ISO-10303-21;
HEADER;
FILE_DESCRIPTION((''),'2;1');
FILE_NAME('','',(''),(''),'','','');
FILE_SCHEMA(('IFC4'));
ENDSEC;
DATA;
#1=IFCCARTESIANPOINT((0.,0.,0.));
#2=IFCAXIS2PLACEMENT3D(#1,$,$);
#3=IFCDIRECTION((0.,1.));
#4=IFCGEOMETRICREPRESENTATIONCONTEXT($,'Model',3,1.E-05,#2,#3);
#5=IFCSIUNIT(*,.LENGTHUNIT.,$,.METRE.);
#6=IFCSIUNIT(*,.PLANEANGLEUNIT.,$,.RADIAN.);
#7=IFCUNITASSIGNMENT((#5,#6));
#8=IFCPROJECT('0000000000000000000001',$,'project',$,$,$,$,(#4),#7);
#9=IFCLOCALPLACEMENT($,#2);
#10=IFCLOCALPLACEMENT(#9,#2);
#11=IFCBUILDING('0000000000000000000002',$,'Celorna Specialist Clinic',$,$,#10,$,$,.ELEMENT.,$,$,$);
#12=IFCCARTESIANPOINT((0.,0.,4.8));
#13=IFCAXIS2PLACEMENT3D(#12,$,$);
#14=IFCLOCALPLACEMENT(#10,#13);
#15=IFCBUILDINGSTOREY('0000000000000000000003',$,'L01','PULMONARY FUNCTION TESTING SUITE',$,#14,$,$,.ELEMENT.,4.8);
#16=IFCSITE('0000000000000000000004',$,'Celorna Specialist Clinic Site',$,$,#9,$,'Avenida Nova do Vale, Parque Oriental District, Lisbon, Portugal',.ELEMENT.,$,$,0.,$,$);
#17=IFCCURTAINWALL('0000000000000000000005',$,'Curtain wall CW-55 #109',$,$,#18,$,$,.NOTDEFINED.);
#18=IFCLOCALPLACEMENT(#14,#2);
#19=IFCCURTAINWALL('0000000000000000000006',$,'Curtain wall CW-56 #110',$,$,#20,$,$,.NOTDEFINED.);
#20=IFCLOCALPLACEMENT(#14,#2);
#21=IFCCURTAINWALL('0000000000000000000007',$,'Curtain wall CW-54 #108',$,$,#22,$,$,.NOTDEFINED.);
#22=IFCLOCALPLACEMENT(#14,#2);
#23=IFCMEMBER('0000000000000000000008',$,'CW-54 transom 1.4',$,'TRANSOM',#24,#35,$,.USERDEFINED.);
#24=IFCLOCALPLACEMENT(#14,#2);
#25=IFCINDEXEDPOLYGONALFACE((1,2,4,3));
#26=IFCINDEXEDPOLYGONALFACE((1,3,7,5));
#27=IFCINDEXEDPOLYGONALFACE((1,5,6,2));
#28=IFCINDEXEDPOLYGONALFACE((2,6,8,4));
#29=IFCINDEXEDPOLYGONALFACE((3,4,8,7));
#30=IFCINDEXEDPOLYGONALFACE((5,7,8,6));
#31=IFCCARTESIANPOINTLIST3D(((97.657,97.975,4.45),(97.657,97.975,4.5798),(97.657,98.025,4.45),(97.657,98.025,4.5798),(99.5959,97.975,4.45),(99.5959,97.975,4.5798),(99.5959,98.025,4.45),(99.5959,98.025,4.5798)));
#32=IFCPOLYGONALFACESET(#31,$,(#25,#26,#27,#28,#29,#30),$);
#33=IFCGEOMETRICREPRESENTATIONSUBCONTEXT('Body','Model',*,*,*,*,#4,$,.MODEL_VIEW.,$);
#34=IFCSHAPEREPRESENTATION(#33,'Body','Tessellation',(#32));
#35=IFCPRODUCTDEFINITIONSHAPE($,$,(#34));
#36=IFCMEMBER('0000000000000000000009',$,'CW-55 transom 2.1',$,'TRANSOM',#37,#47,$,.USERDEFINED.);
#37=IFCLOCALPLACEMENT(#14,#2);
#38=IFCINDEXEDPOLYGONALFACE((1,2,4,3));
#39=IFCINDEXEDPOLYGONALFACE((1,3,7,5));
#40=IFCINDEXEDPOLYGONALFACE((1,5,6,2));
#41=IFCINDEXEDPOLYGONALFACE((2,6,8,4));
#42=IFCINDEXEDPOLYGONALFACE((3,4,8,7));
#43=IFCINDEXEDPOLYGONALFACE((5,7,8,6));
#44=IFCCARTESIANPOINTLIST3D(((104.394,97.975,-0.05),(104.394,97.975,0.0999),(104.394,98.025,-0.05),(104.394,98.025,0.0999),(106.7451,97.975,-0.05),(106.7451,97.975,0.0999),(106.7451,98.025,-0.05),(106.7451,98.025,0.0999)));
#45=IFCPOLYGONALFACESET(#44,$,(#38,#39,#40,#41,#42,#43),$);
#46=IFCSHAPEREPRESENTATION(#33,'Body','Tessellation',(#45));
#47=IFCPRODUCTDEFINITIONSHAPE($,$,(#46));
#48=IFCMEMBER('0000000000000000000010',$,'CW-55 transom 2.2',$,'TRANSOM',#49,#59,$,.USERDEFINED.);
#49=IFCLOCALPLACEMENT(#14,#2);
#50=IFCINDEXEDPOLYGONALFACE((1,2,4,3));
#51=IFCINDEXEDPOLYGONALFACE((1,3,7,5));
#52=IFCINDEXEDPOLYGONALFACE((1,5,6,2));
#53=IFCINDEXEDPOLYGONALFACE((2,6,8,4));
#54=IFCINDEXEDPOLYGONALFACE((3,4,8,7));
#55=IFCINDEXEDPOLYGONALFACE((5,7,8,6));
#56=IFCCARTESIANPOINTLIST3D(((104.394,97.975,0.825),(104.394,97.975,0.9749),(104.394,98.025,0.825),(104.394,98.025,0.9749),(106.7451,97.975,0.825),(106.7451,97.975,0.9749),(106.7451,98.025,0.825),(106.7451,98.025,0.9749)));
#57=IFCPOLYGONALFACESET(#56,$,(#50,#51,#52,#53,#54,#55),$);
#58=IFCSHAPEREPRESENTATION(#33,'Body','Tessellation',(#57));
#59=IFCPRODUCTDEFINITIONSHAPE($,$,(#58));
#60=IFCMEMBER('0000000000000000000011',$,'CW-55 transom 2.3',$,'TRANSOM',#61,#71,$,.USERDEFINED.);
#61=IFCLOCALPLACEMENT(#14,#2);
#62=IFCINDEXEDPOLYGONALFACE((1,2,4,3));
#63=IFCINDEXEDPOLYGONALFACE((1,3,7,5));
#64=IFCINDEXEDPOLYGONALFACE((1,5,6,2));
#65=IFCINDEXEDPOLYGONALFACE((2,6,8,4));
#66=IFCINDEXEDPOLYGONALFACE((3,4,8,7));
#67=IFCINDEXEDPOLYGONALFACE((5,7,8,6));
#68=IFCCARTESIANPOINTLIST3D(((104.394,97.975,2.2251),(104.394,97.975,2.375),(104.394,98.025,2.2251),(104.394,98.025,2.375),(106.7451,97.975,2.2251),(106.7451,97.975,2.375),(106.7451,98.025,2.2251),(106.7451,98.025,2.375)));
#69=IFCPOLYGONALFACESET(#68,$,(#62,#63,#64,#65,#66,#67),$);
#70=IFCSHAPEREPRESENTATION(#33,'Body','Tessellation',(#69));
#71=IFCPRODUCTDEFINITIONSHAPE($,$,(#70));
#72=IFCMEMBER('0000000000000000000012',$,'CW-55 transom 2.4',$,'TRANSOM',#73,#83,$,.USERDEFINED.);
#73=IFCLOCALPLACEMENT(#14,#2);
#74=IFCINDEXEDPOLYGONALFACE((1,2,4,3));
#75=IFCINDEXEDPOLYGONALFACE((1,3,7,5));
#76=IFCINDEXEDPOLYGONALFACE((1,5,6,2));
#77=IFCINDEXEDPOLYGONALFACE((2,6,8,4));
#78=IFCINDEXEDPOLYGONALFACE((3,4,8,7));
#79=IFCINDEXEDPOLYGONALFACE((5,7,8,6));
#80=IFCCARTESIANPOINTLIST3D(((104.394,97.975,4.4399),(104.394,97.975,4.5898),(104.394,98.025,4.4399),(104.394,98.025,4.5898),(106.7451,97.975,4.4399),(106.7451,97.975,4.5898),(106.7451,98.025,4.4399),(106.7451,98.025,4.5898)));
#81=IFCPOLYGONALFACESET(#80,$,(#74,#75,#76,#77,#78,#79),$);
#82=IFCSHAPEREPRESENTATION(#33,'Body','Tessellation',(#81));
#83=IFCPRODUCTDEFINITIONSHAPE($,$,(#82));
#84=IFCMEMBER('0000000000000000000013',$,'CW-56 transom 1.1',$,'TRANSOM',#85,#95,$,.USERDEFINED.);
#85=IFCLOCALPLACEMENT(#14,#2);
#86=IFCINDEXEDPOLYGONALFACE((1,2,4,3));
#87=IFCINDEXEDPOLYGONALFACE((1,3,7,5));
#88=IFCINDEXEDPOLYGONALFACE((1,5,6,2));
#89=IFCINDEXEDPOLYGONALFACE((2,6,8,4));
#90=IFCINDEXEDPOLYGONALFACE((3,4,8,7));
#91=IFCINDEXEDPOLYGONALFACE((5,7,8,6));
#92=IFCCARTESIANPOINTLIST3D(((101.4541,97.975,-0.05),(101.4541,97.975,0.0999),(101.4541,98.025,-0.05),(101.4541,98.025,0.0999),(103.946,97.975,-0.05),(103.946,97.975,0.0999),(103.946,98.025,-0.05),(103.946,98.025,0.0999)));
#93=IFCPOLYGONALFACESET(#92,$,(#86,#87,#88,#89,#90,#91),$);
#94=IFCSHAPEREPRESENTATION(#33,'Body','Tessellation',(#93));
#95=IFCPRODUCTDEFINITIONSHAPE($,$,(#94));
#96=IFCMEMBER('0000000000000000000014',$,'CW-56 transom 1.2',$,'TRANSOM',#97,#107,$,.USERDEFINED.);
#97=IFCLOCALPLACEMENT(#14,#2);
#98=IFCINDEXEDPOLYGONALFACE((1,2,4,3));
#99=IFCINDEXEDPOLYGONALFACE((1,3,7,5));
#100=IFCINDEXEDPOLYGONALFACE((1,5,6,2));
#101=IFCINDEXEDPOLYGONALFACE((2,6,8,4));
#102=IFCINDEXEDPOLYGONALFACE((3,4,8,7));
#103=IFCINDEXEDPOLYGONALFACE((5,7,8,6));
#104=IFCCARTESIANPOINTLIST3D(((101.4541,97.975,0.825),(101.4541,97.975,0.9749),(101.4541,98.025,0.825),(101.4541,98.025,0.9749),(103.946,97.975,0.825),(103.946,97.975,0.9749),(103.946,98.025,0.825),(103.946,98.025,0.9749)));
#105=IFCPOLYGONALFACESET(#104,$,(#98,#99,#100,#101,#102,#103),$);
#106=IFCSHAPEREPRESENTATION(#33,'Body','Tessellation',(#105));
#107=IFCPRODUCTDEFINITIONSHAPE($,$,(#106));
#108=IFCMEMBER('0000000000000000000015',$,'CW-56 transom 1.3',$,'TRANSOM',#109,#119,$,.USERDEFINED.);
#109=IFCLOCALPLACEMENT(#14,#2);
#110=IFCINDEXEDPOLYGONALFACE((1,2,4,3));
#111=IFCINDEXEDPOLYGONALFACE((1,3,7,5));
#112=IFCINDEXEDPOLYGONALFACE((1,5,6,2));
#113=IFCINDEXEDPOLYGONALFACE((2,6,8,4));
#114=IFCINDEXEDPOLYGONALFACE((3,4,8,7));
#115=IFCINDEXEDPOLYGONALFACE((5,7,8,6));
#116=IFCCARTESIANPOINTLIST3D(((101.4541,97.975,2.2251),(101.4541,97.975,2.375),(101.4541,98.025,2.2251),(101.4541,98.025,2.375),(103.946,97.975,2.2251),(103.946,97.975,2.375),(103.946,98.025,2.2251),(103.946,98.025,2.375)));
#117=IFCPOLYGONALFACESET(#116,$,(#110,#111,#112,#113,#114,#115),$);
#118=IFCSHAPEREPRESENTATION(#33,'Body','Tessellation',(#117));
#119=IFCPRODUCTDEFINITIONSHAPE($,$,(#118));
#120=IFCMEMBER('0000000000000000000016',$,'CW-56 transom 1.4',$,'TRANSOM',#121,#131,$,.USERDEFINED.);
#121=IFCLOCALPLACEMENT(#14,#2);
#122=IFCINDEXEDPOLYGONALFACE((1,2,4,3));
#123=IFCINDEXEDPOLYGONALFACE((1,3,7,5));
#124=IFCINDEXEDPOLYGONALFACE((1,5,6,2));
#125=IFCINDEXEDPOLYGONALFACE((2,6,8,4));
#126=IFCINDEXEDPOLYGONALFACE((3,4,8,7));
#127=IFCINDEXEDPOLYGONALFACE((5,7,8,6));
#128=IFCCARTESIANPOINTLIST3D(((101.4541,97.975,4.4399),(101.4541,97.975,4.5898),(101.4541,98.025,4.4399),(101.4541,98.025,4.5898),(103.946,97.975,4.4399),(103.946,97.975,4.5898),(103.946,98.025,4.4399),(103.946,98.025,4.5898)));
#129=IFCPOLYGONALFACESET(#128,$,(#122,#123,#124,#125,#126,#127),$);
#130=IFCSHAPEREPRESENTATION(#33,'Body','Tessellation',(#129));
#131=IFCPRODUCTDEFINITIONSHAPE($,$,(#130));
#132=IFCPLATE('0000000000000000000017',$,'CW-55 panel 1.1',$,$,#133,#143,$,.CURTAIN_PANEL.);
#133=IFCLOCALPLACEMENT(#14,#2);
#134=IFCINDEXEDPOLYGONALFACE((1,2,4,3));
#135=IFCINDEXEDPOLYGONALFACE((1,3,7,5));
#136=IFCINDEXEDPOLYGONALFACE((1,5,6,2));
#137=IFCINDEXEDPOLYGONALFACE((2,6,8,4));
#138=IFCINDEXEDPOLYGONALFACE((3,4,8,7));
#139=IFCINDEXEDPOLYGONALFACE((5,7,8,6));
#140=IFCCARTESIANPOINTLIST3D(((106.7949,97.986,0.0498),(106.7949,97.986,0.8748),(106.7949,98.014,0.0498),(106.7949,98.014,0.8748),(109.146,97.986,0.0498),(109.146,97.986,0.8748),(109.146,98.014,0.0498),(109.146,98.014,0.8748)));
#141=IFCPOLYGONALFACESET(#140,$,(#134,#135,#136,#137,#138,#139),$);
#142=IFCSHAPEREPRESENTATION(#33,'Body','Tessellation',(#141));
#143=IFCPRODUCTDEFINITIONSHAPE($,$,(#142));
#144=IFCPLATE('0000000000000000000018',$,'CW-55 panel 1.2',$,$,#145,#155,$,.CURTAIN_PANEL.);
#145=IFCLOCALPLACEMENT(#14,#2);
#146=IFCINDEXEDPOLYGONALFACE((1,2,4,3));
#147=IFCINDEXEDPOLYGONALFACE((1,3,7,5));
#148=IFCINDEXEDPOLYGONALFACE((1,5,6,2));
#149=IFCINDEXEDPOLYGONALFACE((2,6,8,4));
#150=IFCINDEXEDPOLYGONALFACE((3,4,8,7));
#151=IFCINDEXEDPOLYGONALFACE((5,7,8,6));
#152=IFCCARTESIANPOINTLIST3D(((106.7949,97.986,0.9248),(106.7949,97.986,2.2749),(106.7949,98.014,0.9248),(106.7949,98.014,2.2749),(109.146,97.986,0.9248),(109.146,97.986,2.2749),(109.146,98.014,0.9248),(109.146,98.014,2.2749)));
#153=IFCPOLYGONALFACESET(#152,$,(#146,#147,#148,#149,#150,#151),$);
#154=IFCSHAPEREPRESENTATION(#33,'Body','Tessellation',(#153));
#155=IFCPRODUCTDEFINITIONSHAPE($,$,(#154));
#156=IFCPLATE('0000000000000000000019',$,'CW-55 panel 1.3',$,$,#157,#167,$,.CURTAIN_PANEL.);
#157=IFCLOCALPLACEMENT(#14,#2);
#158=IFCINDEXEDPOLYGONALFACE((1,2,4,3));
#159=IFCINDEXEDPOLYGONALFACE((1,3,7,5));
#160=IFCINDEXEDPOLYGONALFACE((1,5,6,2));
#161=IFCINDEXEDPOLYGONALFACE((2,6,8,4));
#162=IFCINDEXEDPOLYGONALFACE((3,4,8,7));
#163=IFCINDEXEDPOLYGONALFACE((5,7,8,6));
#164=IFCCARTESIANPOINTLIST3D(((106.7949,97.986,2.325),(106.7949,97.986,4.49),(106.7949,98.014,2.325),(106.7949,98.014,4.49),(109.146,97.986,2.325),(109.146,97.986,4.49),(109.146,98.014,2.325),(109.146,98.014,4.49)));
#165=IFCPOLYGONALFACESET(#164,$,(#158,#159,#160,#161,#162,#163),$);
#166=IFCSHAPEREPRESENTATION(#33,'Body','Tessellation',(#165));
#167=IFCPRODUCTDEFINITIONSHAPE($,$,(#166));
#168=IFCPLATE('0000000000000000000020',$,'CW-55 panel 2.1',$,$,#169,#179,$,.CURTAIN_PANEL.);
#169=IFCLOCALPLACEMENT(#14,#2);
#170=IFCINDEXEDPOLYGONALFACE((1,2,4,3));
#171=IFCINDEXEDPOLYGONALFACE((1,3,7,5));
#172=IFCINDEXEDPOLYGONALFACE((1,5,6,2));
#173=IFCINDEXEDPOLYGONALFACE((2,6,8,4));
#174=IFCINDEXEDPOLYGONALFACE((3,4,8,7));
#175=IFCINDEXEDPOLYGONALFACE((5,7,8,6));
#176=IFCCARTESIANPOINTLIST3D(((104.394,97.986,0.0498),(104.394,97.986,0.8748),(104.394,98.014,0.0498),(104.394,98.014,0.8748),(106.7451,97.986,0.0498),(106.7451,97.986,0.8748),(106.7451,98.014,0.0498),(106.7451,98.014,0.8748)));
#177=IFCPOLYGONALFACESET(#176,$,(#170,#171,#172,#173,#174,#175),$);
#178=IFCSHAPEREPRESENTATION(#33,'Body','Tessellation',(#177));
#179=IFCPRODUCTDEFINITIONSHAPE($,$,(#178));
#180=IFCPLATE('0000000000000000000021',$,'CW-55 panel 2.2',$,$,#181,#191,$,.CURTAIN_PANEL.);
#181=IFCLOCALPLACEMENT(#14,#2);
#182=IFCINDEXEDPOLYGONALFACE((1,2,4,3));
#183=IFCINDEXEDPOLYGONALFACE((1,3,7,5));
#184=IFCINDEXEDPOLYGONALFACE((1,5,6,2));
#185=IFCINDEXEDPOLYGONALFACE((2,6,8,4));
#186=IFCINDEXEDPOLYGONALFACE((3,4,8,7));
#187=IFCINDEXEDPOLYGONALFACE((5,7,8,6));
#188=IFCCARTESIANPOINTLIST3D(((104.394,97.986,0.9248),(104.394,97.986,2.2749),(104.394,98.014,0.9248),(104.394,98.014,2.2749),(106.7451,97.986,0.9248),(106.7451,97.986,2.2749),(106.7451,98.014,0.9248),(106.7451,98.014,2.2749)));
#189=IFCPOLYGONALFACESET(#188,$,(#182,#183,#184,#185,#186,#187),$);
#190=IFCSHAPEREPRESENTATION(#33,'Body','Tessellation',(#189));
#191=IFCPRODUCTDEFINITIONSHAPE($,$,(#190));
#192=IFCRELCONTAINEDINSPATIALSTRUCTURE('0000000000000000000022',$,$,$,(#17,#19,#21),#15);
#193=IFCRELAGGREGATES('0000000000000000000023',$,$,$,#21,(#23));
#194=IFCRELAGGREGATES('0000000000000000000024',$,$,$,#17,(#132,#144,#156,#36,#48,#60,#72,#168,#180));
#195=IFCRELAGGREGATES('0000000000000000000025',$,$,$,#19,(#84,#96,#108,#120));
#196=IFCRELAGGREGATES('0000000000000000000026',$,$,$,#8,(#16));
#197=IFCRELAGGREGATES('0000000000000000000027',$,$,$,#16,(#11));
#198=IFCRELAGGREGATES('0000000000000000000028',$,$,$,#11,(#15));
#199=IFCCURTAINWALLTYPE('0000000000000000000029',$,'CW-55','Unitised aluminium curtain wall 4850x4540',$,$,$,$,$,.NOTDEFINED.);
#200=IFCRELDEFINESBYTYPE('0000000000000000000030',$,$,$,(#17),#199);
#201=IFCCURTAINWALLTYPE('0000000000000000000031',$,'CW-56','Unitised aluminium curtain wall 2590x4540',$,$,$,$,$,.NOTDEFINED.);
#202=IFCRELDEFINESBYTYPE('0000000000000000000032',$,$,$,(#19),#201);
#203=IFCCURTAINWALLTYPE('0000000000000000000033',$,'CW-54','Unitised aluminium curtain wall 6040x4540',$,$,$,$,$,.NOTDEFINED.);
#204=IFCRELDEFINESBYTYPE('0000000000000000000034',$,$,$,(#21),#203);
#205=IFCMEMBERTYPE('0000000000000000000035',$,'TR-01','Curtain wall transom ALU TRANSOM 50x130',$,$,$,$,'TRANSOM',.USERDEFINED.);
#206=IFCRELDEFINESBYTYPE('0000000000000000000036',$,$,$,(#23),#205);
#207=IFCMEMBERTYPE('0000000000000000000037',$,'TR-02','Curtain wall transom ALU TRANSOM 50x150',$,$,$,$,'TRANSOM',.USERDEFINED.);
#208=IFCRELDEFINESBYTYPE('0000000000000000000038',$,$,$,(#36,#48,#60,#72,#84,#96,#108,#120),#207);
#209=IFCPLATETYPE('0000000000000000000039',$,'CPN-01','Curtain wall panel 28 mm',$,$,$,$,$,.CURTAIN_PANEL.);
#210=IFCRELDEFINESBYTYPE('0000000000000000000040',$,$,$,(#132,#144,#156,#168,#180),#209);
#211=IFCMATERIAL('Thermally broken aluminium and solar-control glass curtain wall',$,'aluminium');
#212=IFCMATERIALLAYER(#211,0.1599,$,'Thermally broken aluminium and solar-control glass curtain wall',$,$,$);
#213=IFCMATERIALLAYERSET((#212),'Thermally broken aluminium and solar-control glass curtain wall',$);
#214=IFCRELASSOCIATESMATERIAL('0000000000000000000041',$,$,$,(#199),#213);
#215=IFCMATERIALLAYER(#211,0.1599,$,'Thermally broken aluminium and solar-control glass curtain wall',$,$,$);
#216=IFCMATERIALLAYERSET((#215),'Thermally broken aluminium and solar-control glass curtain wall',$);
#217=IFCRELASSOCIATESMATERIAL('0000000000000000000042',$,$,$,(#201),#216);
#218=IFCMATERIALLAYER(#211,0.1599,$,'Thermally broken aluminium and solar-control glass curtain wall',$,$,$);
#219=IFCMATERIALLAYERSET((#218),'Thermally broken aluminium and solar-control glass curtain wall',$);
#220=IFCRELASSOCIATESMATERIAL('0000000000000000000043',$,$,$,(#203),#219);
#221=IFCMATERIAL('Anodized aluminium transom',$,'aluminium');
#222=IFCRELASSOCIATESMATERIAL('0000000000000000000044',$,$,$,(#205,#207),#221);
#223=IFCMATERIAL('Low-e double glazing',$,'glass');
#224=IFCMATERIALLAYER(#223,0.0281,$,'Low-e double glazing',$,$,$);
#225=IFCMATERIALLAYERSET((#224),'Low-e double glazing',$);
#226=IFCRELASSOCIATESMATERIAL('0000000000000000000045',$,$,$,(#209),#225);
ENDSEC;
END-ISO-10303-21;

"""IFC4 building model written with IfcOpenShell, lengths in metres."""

from ifc_helpers import new_model, si_unit, direction, frame, origin, origin_2d, place, context, subcontext, project, spatial, rectangle, extrude, material, layer, layer_set, material_profile, profile_set, type_object, element, aggregate, save


model = new_model("IFC4")

# Units and contexts
model_context = context("Model", 3, precision=1e-05, world=origin(), true_north=direction((0.0, 1.0)))
body_context = subcontext(model_context, "Body", "Model", "MODEL_VIEW")
ifc_project = project(units=[si_unit("LENGTHUNIT", "METRE"), si_unit("PLANEANGLEUNIT", "RADIAN")], contexts=[model_context])

# Site, building, storey
site_placement = place(None, origin())
site = spatial("IfcSite", under=ifc_project, at=site_placement, Name="Celorna Specialist Clinic Site", LongName="Avenida Nova do Vale, Parque Oriental District, Lisbon, Portugal", CompositionType="ELEMENT", RefElevation=0.0)
building_placement = place(site_placement, origin())
building = spatial("IfcBuilding", under=site, at=building_placement, Name="Celorna Specialist Clinic", CompositionType="ELEMENT")
storey_placement = place(building_placement, frame((0.0, 0.0, 4.8)))
storey = spatial("IfcBuildingStorey", under=building, at=storey_placement, Name="L01", Description="PULMONARY FUNCTION TESTING SUITE", CompositionType="ELEMENT", Elevation=4.8)

# Curtain walls
ifc_material_1 = material(Name="Thermally broken aluminium and solar-control glass curtain wall", Category="aluminium")
ifc_layer_1 = layer(ifc_material_1, 0.1599, Name="Thermally broken aluminium and solar-control glass curtain wall")
ifc_layer_set_1 = layer_set([ifc_layer_1], Name="Thermally broken aluminium and solar-control glass curtain wall")
curtain_wall_type_1 = type_object("IfcCurtainWallType", Name="CW-55", Description="Unitised aluminium curtain wall 4850x4540", PredefinedType="NOTDEFINED", material=ifc_layer_set_1)
curtain_wall_1_placement = place(storey_placement, origin())
curtain_wall_1 = element("IfcCurtainWall", 1, at=curtain_wall_1_placement, inside=storey, type_object=curtain_wall_type_1, Name="Curtain wall CW-55 #109", PredefinedType="NOTDEFINED")
ifc_layer_2 = layer(ifc_material_1, 0.1599, Name="Thermally broken aluminium and solar-control glass curtain wall")
ifc_layer_set_2 = layer_set([ifc_layer_2], Name="Thermally broken aluminium and solar-control glass curtain wall")
curtain_wall_type_2 = type_object("IfcCurtainWallType", Name="CW-56", Description="Unitised aluminium curtain wall 2590x4540", PredefinedType="NOTDEFINED", material=ifc_layer_set_2)
curtain_wall_2_placement = place(storey_placement, origin())
curtain_wall_2 = element("IfcCurtainWall", 2, at=curtain_wall_2_placement, inside=storey, type_object=curtain_wall_type_2, Name="Curtain wall CW-56 #110", PredefinedType="NOTDEFINED")

# Curtain wall
ifc_layer_3 = layer(ifc_material_1, 0.1599, Name="Thermally broken aluminium and solar-control glass curtain wall")
ifc_layer_set_3 = layer_set([ifc_layer_3], Name="Thermally broken aluminium and solar-control glass curtain wall")
curtain_wall_type_3 = type_object("IfcCurtainWallType", Name="CW-54", Description="Unitised aluminium curtain wall 6040x4540", PredefinedType="NOTDEFINED", material=ifc_layer_set_3)
curtain_wall_3_placement = place(storey_placement, origin())
curtain_wall_3 = element("IfcCurtainWall", 3, at=curtain_wall_3_placement, inside=storey, type_object=curtain_wall_type_3, Name="Curtain wall CW-54 #108", PredefinedType="NOTDEFINED")

# Members
ifc_material_2 = material(Name="Anodized aluminium transom", Category="aluminium")
ifc_material_profile_1 = material_profile(ifc_material_2, rectangle(XDim=0.05, YDim=0.1299, at=origin_2d()), Name="ALU TRANSOM 50x130")
ifc_profile_set_1 = profile_set([ifc_material_profile_1], Name="Anodized aluminium transom")
member_type_1 = type_object("IfcMemberType", Name="TR-01", Description="Curtain wall transom ALU TRANSOM 50x130", ElementType="TRANSOM", PredefinedType="USERDEFINED", material=ifc_profile_set_1)
member_1_placement = place(storey_placement, frame((99.5959, 98.0, 4.5149), z_axis=(-1.0, 0.0, 0.0), x_axis=(0.0, -1.0, 0.0)))
member_1 = element("IfcMember", 4, at=member_1_placement, type_object=member_type_1, Name="CW-54 transom 1.4", ObjectType="TRANSOM", PredefinedType="USERDEFINED", context=body_context, shape_type="SweptSolid", body=[
    extrude(rectangle(XDim=0.05, YDim=0.1299, at=origin_2d()), origin(), (0.0, 0.0, 1.0), 1.939),
])
aggregate(curtain_wall_3, [member_1])
ifc_material_profile_2 = material_profile(ifc_material_2, rectangle(XDim=0.05, YDim=0.1499, at=origin_2d()), Name="ALU TRANSOM 50x150")
ifc_profile_set_2 = profile_set([ifc_material_profile_2], Name="Anodized aluminium transom")
member_type_2 = type_object("IfcMemberType", Name="TR-02", Description="Curtain wall transom ALU TRANSOM 50x150", ElementType="TRANSOM", PredefinedType="USERDEFINED", material=ifc_profile_set_2)
member_2_placement = place(storey_placement, frame((106.7451, 98.0, 0.0249), z_axis=(-1.0, 0.0, 0.0), x_axis=(0.0, -1.0, 0.0)))
member_2 = element("IfcMember", 5, at=member_2_placement, type_object=member_type_2, Name="CW-55 transom 2.1", ObjectType="TRANSOM", PredefinedType="USERDEFINED", context=body_context, shape_type="SweptSolid", body=[
    extrude(rectangle(XDim=0.05, YDim=0.1499, at=origin_2d()), origin(), (0.0, 0.0, 1.0), 2.3511),
])
member_3_placement = place(storey_placement, frame((106.7451, 98.0, 0.8999), z_axis=(-1.0, 0.0, 0.0), x_axis=(0.0, -1.0, 0.0)))
member_3 = element("IfcMember", 6, at=member_3_placement, type_object=member_type_2, Name="CW-55 transom 2.2", ObjectType="TRANSOM", PredefinedType="USERDEFINED", context=body_context, shape_type="SweptSolid", body=[
    extrude(rectangle(XDim=0.05, YDim=0.1499, at=origin_2d()), origin(), (0.0, 0.0, 1.0), 2.3511),
])
member_4_placement = place(storey_placement, frame((106.7451, 98.0, 2.3), z_axis=(-1.0, 0.0, 0.0), x_axis=(0.0, -1.0, 0.0)))
member_4 = element("IfcMember", 7, at=member_4_placement, type_object=member_type_2, Name="CW-55 transom 2.3", ObjectType="TRANSOM", PredefinedType="USERDEFINED", context=body_context, shape_type="SweptSolid", body=[
    extrude(rectangle(XDim=0.05, YDim=0.1499, at=origin_2d()), origin(), (0.0, 0.0, 1.0), 2.3511),
])
member_5_placement = place(storey_placement, frame((106.7451, 98.0, 4.5149), z_axis=(-1.0, 0.0, 0.0), x_axis=(0.0, -1.0, 0.0)))
member_5 = element("IfcMember", 8, at=member_5_placement, type_object=member_type_2, Name="CW-55 transom 2.4", ObjectType="TRANSOM", PredefinedType="USERDEFINED", context=body_context, shape_type="SweptSolid", body=[
    extrude(rectangle(XDim=0.05, YDim=0.1499, at=origin_2d()), origin(), (0.0, 0.0, 1.0), 2.3511),
])
member_6_placement = place(storey_placement, frame((103.946, 98.0, 0.0249), z_axis=(-1.0, 0.0, 0.0), x_axis=(0.0, -1.0, 0.0)))
member_6 = element("IfcMember", 9, at=member_6_placement, type_object=member_type_2, Name="CW-56 transom 1.1", ObjectType="TRANSOM", PredefinedType="USERDEFINED", context=body_context, shape_type="SweptSolid", body=[
    extrude(rectangle(XDim=0.05, YDim=0.1499, at=origin_2d()), origin(), (0.0, 0.0, 1.0), 2.4919),
])
member_7_placement = place(storey_placement, frame((103.946, 98.0, 0.8999), z_axis=(-1.0, 0.0, 0.0), x_axis=(0.0, -1.0, 0.0)))
member_7 = element("IfcMember", 10, at=member_7_placement, type_object=member_type_2, Name="CW-56 transom 1.2", ObjectType="TRANSOM", PredefinedType="USERDEFINED", context=body_context, shape_type="SweptSolid", body=[
    extrude(rectangle(XDim=0.05, YDim=0.1499, at=origin_2d()), origin(), (0.0, 0.0, 1.0), 2.4919),
])
member_8_placement = place(storey_placement, frame((103.946, 98.0, 2.3), z_axis=(-1.0, 0.0, 0.0), x_axis=(0.0, -1.0, 0.0)))
member_8 = element("IfcMember", 11, at=member_8_placement, type_object=member_type_2, Name="CW-56 transom 1.3", ObjectType="TRANSOM", PredefinedType="USERDEFINED", context=body_context, shape_type="SweptSolid", body=[
    extrude(rectangle(XDim=0.05, YDim=0.1499, at=origin_2d()), origin(), (0.0, 0.0, 1.0), 2.4919),
])
member_9_placement = place(storey_placement, frame((103.946, 98.0, 4.5149), z_axis=(-1.0, 0.0, 0.0), x_axis=(0.0, -1.0, 0.0)))
member_9 = element("IfcMember", 12, at=member_9_placement, type_object=member_type_2, Name="CW-56 transom 1.4", ObjectType="TRANSOM", PredefinedType="USERDEFINED", context=body_context, shape_type="SweptSolid", body=[
    extrude(rectangle(XDim=0.05, YDim=0.1499, at=origin_2d()), origin(), (0.0, 0.0, 1.0), 2.4919),
])

# Plates
ifc_material_3 = material(Name="Low-e double glazing", Category="glass")
ifc_layer_4 = layer(ifc_material_3, 0.0281, Name="Low-e double glazing")
ifc_layer_set_4 = layer_set([ifc_layer_4], Name="Low-e double glazing")
plate_type_1 = type_object("IfcPlateType", Name="CPN-01", Description="Curtain wall panel 28 mm", PredefinedType="CURTAIN_PANEL", material=ifc_layer_set_4)
plate_1_placement = place(storey_placement, frame((107.9705, 98.0, 0.0498), z_axis=(0.0, 0.0, 1.0), x_axis=(-1.0, 0.0, 0.0)))
plate_1 = element("IfcPlate", 13, at=plate_1_placement, type_object=plate_type_1, Name="CW-55 panel 1.1", PredefinedType="CURTAIN_PANEL", context=body_context, shape_type="SweptSolid", body=[
    extrude(rectangle(XDim=2.3511, YDim=0.0281, at=origin_2d()), origin(), (0.0, 0.0, 1.0), 0.825),
])
plate_2_placement = place(storey_placement, frame((107.9705, 98.0, 0.9248), z_axis=(0.0, 0.0, 1.0), x_axis=(-1.0, 0.0, 0.0)))
plate_2 = element("IfcPlate", 14, at=plate_2_placement, type_object=plate_type_1, Name="CW-55 panel 1.2", PredefinedType="CURTAIN_PANEL", context=body_context, shape_type="SweptSolid", body=[
    extrude(rectangle(XDim=2.3511, YDim=0.0281, at=origin_2d()), origin(), (0.0, 0.0, 1.0), 1.3501),
])
plate_3_placement = place(storey_placement, frame((107.9705, 98.0, 2.325), z_axis=(0.0, 0.0, 1.0), x_axis=(-1.0, 0.0, 0.0)))
plate_3 = element("IfcPlate", 15, at=plate_3_placement, type_object=plate_type_1, Name="CW-55 panel 1.3", PredefinedType="CURTAIN_PANEL", context=body_context, shape_type="SweptSolid", body=[
    extrude(rectangle(XDim=2.3511, YDim=0.0281, at=origin_2d()), origin(), (0.0, 0.0, 1.0), 2.165),
])
plate_4_placement = place(storey_placement, frame((105.5696, 98.0, 0.0498), z_axis=(0.0, 0.0, 1.0), x_axis=(-1.0, 0.0, 0.0)))
plate_4 = element("IfcPlate", 16, at=plate_4_placement, type_object=plate_type_1, Name="CW-55 panel 2.1", PredefinedType="CURTAIN_PANEL", context=body_context, shape_type="SweptSolid", body=[
    extrude(rectangle(XDim=2.3511, YDim=0.0281, at=origin_2d()), origin(), (0.0, 0.0, 1.0), 0.825),
])
plate_5_placement = place(storey_placement, frame((105.5696, 98.0, 0.9248), z_axis=(0.0, 0.0, 1.0), x_axis=(-1.0, 0.0, 0.0)))
plate_5 = element("IfcPlate", 17, at=plate_5_placement, type_object=plate_type_1, Name="CW-55 panel 2.2", PredefinedType="CURTAIN_PANEL", context=body_context, shape_type="SweptSolid", body=[
    extrude(rectangle(XDim=2.3511, YDim=0.0281, at=origin_2d()), origin(), (0.0, 0.0, 1.0), 1.3501),
])
aggregate(curtain_wall_1, [plate_1, plate_2, plate_3, member_2, member_3, member_4, member_5, plate_4, plate_5])
aggregate(curtain_wall_2, [member_6, member_7, member_8, member_9])

save(model, "model.ifc")
